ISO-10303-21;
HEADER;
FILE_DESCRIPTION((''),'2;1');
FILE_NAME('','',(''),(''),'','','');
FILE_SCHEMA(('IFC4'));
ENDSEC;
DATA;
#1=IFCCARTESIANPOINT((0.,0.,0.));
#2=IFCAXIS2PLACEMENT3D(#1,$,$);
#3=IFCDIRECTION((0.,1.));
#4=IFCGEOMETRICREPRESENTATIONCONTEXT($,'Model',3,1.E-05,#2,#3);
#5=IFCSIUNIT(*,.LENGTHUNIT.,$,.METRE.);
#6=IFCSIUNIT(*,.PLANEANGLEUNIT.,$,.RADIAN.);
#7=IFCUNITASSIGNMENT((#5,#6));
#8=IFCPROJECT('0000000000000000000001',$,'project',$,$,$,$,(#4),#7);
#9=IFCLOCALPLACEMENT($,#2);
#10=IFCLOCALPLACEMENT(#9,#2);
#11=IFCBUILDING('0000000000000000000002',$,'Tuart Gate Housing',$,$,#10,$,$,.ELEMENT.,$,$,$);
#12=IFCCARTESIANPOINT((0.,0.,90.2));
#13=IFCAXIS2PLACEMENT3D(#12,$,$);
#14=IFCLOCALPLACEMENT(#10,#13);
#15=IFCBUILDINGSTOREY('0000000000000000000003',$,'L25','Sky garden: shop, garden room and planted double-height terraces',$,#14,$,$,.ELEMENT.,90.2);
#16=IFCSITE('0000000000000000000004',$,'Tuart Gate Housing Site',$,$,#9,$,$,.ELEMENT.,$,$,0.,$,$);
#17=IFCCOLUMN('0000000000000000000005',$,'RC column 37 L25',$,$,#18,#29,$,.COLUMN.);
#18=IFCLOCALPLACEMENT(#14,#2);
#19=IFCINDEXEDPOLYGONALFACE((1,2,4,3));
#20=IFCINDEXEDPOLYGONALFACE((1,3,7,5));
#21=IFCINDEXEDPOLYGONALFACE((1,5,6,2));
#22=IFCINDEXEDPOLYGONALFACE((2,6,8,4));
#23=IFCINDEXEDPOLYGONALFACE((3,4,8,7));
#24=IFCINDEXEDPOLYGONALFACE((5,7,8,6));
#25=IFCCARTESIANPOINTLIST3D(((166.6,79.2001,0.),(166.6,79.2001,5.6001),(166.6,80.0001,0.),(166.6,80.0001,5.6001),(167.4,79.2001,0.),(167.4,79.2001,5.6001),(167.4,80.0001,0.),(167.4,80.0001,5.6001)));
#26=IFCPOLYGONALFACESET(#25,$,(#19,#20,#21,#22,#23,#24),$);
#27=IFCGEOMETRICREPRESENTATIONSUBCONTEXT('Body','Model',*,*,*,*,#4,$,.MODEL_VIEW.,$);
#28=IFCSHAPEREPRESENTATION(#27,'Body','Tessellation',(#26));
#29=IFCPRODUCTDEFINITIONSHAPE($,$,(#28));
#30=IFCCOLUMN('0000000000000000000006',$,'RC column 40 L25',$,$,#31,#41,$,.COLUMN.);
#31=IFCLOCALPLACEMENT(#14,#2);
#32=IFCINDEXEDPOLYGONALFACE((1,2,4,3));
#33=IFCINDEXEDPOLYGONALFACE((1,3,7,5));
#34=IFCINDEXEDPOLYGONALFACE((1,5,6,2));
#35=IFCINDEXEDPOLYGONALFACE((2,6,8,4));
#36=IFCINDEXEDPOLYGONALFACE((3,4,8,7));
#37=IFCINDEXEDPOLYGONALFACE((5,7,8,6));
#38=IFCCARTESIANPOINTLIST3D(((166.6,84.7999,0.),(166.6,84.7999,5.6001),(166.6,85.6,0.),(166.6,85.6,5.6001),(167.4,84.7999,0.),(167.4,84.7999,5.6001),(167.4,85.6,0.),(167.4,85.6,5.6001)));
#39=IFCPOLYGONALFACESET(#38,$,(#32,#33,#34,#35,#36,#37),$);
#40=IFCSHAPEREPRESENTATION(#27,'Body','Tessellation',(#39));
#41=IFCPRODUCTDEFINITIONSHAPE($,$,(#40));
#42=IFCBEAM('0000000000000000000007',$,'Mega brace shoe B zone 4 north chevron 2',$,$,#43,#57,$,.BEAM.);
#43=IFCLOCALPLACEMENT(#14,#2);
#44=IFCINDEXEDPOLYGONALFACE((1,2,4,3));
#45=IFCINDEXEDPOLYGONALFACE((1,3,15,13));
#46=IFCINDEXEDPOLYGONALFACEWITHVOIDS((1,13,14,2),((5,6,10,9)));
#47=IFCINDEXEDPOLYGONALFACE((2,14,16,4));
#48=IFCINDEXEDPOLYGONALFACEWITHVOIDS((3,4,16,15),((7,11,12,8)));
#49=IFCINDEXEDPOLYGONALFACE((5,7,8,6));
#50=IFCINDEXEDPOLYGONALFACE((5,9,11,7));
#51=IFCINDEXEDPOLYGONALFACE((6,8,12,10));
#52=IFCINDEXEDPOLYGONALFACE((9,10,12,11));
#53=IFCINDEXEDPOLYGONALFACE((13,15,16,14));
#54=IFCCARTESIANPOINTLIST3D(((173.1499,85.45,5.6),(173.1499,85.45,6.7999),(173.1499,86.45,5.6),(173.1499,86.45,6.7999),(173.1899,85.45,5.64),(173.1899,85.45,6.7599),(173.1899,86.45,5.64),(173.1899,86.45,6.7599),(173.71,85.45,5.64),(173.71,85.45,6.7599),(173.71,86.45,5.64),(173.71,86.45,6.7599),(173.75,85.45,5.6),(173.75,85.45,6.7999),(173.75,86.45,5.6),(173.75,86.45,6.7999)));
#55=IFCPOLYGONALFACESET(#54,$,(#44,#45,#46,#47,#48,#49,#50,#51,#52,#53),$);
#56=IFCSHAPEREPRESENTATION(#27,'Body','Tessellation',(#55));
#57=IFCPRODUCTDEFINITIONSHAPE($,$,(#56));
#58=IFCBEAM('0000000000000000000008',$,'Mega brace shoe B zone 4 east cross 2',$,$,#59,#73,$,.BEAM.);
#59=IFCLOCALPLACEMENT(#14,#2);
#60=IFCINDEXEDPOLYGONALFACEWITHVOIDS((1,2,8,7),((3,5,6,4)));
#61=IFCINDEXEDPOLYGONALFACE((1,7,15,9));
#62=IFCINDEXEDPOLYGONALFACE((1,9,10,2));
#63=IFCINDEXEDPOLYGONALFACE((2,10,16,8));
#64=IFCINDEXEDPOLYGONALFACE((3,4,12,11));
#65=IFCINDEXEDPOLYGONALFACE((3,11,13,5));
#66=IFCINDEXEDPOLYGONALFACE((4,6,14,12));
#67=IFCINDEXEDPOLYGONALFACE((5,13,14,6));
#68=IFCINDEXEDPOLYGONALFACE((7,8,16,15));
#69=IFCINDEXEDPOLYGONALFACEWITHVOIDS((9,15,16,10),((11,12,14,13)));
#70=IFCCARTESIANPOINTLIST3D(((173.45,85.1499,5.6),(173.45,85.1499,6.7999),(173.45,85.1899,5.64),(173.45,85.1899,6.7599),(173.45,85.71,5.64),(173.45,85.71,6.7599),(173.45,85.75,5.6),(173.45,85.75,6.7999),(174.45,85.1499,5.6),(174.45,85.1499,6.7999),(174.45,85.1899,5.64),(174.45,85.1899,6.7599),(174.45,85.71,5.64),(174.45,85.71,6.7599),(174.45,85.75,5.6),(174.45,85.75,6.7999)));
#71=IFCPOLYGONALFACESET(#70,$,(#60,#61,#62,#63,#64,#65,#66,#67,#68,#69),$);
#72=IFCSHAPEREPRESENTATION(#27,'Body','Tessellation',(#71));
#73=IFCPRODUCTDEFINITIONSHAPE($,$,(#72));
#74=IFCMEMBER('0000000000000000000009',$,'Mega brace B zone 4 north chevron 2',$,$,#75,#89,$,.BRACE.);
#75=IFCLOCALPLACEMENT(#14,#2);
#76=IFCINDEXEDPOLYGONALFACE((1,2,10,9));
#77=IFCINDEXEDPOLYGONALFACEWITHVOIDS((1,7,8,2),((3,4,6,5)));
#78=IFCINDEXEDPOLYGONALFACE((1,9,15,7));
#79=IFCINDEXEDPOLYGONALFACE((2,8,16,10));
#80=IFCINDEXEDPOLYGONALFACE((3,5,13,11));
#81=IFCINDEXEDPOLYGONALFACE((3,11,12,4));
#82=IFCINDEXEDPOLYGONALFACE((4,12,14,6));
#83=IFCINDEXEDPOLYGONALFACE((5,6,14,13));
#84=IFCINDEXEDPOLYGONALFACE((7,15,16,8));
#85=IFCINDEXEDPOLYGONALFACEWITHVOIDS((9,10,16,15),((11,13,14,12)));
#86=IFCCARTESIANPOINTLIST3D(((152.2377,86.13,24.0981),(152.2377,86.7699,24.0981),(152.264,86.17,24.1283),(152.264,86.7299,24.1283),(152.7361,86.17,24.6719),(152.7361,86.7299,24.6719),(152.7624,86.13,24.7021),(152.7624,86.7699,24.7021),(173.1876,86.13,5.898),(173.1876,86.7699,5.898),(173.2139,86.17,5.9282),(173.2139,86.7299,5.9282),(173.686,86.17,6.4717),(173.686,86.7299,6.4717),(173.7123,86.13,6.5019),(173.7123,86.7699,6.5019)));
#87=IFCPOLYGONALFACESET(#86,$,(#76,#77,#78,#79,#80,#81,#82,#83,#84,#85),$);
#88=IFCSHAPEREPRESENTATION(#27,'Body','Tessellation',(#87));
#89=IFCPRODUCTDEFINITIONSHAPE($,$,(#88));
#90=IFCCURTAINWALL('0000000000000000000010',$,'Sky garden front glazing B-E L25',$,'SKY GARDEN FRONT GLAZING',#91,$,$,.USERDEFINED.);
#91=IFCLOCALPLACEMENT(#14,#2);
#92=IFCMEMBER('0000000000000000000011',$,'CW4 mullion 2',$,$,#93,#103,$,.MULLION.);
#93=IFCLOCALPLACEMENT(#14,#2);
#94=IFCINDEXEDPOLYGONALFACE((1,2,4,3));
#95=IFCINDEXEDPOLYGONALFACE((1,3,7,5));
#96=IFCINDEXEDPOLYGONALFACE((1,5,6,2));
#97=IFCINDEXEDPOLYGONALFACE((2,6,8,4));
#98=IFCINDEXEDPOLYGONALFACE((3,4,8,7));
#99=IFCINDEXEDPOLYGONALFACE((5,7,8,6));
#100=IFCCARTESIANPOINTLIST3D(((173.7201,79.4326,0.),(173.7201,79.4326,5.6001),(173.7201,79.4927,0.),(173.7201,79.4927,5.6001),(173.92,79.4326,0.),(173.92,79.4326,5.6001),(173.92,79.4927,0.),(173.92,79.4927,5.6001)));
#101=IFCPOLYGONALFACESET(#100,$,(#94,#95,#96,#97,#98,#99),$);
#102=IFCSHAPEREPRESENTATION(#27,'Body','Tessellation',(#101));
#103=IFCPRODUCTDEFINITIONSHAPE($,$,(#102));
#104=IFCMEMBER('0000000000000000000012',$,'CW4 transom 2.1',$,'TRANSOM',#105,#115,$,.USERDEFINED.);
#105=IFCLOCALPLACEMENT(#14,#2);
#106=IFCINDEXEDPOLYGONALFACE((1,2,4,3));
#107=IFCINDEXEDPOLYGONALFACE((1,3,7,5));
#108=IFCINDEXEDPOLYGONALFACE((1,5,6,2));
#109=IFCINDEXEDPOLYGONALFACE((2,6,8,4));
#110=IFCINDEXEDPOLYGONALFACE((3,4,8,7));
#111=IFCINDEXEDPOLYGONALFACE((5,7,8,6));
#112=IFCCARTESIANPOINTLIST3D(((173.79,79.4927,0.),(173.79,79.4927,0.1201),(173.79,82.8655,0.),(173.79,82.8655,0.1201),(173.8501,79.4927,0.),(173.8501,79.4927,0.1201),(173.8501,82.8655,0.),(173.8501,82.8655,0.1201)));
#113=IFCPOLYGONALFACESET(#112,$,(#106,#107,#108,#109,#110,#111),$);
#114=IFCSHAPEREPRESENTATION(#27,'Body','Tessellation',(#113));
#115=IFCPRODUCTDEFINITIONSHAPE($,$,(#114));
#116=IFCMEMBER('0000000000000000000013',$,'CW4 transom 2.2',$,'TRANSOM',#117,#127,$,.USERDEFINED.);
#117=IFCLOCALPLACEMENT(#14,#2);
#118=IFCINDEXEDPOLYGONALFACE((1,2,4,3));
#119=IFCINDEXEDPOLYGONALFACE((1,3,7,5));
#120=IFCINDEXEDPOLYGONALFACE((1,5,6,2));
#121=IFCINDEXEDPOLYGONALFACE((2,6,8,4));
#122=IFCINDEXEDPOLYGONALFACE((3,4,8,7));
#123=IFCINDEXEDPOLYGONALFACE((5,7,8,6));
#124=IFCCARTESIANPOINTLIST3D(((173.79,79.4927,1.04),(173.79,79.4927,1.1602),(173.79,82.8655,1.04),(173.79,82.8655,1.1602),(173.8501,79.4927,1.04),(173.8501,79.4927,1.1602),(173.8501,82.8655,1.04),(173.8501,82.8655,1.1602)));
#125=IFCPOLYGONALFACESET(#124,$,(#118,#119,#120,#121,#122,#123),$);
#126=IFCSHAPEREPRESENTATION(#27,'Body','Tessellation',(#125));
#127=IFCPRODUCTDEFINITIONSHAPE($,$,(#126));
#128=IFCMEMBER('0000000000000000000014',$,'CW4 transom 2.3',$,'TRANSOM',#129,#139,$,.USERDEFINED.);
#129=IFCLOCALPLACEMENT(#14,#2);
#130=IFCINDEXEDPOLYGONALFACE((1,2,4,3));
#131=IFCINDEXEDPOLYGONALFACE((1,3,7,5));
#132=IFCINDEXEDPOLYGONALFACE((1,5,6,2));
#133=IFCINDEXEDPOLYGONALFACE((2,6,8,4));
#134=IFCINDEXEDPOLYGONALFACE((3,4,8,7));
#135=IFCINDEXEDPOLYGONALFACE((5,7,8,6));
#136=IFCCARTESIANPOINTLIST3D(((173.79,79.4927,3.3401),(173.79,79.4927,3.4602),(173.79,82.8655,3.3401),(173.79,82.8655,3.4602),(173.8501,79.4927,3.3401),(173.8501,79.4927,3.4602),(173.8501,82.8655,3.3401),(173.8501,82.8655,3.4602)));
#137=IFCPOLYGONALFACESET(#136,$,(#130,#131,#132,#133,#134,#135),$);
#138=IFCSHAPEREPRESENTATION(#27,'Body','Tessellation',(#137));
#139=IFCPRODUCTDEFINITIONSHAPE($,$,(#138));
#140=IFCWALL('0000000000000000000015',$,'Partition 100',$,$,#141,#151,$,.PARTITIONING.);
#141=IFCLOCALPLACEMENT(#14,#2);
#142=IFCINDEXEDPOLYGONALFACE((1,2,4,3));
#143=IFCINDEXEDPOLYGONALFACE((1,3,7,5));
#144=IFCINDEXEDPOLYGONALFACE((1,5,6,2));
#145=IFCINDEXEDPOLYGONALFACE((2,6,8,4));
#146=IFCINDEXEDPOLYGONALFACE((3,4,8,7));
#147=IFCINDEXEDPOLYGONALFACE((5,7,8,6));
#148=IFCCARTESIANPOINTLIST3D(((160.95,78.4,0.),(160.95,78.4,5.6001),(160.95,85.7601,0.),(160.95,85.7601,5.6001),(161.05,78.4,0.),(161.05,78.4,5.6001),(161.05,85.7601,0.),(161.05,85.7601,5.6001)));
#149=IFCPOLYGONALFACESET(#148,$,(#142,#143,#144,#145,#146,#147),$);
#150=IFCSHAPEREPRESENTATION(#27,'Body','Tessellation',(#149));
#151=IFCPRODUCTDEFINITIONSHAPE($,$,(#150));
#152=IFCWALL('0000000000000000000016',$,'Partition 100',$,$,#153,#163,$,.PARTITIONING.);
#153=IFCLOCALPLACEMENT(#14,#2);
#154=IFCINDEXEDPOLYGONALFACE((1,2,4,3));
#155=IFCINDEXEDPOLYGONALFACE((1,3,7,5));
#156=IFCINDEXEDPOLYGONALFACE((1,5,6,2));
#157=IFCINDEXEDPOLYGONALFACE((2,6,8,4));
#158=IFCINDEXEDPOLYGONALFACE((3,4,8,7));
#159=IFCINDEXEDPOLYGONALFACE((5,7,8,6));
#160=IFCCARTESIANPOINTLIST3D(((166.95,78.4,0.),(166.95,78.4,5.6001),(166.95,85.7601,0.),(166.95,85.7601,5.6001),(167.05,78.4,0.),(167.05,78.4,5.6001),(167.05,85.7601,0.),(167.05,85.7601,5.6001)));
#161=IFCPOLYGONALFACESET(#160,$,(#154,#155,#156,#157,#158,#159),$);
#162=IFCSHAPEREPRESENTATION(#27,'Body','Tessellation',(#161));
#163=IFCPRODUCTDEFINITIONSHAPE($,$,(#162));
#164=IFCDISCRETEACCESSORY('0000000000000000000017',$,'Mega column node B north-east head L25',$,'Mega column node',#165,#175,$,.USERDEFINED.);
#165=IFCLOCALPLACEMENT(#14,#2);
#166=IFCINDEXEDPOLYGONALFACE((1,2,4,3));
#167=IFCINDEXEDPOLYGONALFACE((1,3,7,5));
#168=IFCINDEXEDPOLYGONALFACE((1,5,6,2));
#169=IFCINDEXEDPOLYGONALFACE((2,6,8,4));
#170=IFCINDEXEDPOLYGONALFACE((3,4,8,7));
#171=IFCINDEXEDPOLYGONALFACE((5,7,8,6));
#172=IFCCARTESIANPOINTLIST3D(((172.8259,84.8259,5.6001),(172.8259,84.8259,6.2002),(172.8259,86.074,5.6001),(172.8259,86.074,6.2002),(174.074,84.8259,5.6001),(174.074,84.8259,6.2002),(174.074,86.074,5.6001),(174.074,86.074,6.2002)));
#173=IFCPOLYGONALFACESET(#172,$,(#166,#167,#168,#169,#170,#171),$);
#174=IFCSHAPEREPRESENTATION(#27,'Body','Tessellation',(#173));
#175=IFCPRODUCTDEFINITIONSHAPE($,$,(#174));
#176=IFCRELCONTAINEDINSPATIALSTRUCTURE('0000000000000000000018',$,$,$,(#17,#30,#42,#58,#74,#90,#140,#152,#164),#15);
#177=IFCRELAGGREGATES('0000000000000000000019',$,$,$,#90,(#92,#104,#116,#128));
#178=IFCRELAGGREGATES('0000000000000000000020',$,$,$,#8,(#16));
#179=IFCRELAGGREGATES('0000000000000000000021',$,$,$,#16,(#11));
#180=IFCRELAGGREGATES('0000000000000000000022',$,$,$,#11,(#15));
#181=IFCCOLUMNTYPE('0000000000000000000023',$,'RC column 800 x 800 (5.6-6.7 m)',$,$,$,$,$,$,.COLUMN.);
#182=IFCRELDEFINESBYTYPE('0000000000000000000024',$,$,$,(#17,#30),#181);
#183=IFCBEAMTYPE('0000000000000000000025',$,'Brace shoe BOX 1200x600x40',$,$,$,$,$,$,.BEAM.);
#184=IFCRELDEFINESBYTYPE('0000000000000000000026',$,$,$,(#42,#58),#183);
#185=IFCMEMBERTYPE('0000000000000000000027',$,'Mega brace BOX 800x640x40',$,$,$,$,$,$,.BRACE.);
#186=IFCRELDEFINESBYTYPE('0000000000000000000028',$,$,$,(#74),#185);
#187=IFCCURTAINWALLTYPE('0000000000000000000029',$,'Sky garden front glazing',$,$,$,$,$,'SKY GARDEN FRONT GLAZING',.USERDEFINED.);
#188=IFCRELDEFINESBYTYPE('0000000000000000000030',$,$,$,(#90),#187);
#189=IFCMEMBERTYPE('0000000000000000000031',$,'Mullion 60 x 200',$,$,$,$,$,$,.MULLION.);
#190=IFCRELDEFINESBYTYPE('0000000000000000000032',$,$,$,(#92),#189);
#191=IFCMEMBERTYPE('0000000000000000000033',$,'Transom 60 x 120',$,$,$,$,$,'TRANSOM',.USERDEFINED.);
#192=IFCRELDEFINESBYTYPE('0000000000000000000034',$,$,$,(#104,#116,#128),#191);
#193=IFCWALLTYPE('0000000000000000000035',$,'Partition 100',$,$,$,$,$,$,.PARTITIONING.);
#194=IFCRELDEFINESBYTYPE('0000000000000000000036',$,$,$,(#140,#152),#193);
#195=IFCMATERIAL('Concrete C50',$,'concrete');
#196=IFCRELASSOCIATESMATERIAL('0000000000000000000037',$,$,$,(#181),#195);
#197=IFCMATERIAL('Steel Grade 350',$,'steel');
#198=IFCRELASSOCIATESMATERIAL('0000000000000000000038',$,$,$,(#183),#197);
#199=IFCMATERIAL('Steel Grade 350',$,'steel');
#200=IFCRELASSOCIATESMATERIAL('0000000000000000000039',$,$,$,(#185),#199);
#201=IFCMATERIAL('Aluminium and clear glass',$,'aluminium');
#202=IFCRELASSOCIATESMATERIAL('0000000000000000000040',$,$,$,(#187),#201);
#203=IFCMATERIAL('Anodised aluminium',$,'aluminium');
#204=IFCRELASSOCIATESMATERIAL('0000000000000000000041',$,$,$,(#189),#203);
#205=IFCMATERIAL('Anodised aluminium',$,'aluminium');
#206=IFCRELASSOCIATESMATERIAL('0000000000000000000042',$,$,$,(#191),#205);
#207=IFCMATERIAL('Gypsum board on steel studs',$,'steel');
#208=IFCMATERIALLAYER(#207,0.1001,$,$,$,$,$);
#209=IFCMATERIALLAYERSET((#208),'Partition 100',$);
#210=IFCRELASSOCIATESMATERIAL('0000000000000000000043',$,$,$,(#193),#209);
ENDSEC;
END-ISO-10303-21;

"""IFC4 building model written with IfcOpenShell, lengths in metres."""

from ifc_helpers import new_model, si_unit, direction, frame, frame_2d, origin, origin_2d, place, context, subcontext, project, spatial, rectangle, hollow_rectangle, extrude, material, layer, layer_set, material_profile, profile_set, type_object, element, aggregate, save


model = new_model("IFC4")

# Units and contexts
model_context = context("Model", 3, precision=1e-05, world=origin(), true_north=direction((0.0, 1.0)))
body_context = subcontext(model_context, "Body", "Model", "MODEL_VIEW")
ifc_project = project(units=[si_unit("LENGTHUNIT", "METRE"), si_unit("PLANEANGLEUNIT", "RADIAN")], contexts=[model_context])

# Site, building, storey
site_placement = place(None, origin())
site = spatial("IfcSite", under=ifc_project, at=site_placement, Name="Tuart Gate Housing Site", CompositionType="ELEMENT", RefElevation=0.0)
building_placement = place(site_placement, origin())
building = spatial("IfcBuilding", under=site, at=building_placement, Name="Tuart Gate Housing", CompositionType="ELEMENT")
storey_placement = place(building_placement, frame((0.0, 0.0, 90.2)))
storey = spatial("IfcBuildingStorey", under=building, at=storey_placement, Name="L25", Description="Sky garden: shop, garden room and planted double-height terraces", CompositionType="ELEMENT", Elevation=90.2)

# Columns
ifc_material_1 = material(Name="Concrete C50", Category="concrete")
ifc_material_profile_1 = material_profile(ifc_material_1, rectangle(XDim=0.8, YDim=0.8, at=origin_2d()), Name="RC column 800 x 800 (5.6-6.7 m)")
ifc_profile_set_1 = profile_set([ifc_material_profile_1], Name="Concrete C50")
column_type = type_object("IfcColumnType", Name="RC column 800 x 800 (5.6-6.7 m)", PredefinedType="COLUMN", material=ifc_profile_set_1)
for number, where, z_axis, x_axis, name in (
    (1, (167.0, 79.6001, 0.0), (0.0, 0.0, 1.0), (1.0, 0.0, 0.0), "RC column 37 L25"),
    (2, (167.0, 85.2, 0.0), (0.0, 0.0, 1.0), (1.0, 0.0, 0.0), "RC column 40 L25"),
):
    element("IfcColumn", number, at=place(storey_placement, frame(where, z_axis=z_axis, x_axis=x_axis)), inside=storey, type_object=column_type, Name=name, PredefinedType="COLUMN", context=body_context, shape_type="SweptSolid", body=[
        extrude(rectangle(XDim=0.8, YDim=0.8, at=origin_2d()), origin(), (0.0, 0.0, 1.0), 5.6001),
    ])

# Beams
ifc_material_2 = material(Name="Steel Grade 350", Category="steel")
ifc_material_profile_2 = material_profile(ifc_material_2, hollow_rectangle(XDim=0.6001, YDim=1.2, WallThickness=0.04, at=origin_2d()), Name="BOX 1200x600x40")
ifc_profile_set_2 = profile_set([ifc_material_profile_2], Name="Steel Grade 350")
beam_type = type_object("IfcBeamType", Name="Brace shoe BOX 1200x600x40", PredefinedType="BEAM", material=ifc_profile_set_2)
for number, where, z_axis, x_axis, name in (
    (3, (173.45, 85.45, 6.2), (0.0, 1.0, 0.0), (-1.0, 0.0, 0.0), "Mega brace shoe B zone 4 north chevron 2"),
    (4, (173.45, 85.45, 6.2), (1.0, 0.0, 0.0), (0.0, 1.0, 0.0), "Mega brace shoe B zone 4 east cross 2"),
):
    element("IfcBeam", number, at=place(storey_placement, frame(where, z_axis=z_axis, x_axis=x_axis)), inside=storey, type_object=beam_type, Name=name, PredefinedType="BEAM", context=body_context, shape_type="SweptSolid", body=[
        extrude(hollow_rectangle(XDim=0.6001, YDim=1.2, WallThickness=0.04, at=origin_2d()), origin(), (0.0, 0.0, 1.0), 1.0),
    ])

# Member
ifc_material_3 = material(Name="Steel Grade 350", Category="steel")
ifc_material_profile_3 = material_profile(ifc_material_3, hollow_rectangle(XDim=0.6399, YDim=0.8, WallThickness=0.04, at=origin_2d()), Name="BOX 800x640x40")
ifc_profile_set_3 = profile_set([ifc_material_profile_3], Name="Steel Grade 350")
member_type_1 = type_object("IfcMemberType", Name="Mega brace BOX 800x640x40", PredefinedType="BRACE", material=ifc_profile_set_3)
member_1_placement = place(storey_placement, frame((173.45, 86.45, 6.2), z_axis=(-0.754912, 0.0, 0.655827), x_axis=(0.0, -1.0, 0.0)))
element("IfcMember", 5, at=member_1_placement, inside=storey, type_object=member_type_1, Name="Mega brace B zone 4 north chevron 2", PredefinedType="BRACE", context=body_context, shape_type="SweptSolid", body=[
    extrude(hollow_rectangle(XDim=0.6399, YDim=0.8, WallThickness=0.04, at=origin_2d()), origin(), (0.0, 0.0, 1.0), 27.7515),
])

# Curtain wall, members
ifc_material_4 = material(Name="Aluminium and clear glass", Category="aluminium")
curtain_wall_type = type_object("IfcCurtainWallType", Name="Sky garden front glazing", ElementType="SKY GARDEN FRONT GLAZING", PredefinedType="USERDEFINED", material=ifc_material_4)
curtain_wall_placement = place(storey_placement, origin())
curtain_wall = element("IfcCurtainWall", 6, at=curtain_wall_placement, inside=storey, type_object=curtain_wall_type, Name="Sky garden front glazing B-E L25", ObjectType="SKY GARDEN FRONT GLAZING", PredefinedType="USERDEFINED")
ifc_material_5 = material(Name="Anodised aluminium", Category="aluminium")
ifc_material_profile_4 = material_profile(ifc_material_5, rectangle(XDim=0.0601, YDim=0.2, at=origin_2d()), Name="60x200")
ifc_profile_set_4 = profile_set([ifc_material_profile_4], Name="Anodised aluminium")
member_type_2 = type_object("IfcMemberType", Name="Mullion 60 x 200", PredefinedType="MULLION", material=ifc_profile_set_4)
member_2_placement = place(storey_placement, frame((173.8201, 79.4626, 0.0), z_axis=(0.0, 0.0, 1.0), x_axis=(0.0, 1.0, 0.0)))
member_2 = element("IfcMember", 7, at=member_2_placement, type_object=member_type_2, Name="CW4 mullion 2", PredefinedType="MULLION", context=body_context, shape_type="SweptSolid", body=[
    extrude(rectangle(XDim=0.0601, YDim=0.2, at=origin_2d()), origin(), (0.0, 0.0, 1.0), 5.6001),
])
ifc_material_6 = material(Name="Anodised aluminium", Category="aluminium")
ifc_material_profile_5 = material_profile(ifc_material_6, rectangle(XDim=0.0601, YDim=0.1201, at=origin_2d()), Name="60x120")
ifc_profile_set_5 = profile_set([ifc_material_profile_5], Name="Anodised aluminium")
member_type_3 = type_object("IfcMemberType", Name="Transom 60 x 120", ElementType="TRANSOM", PredefinedType="USERDEFINED", material=ifc_profile_set_5)
member_3_placement = place(storey_placement, frame((173.8201, 79.4927, 0.0601), z_axis=(0.0, 1.0, 0.0), x_axis=(-1.0, 0.0, 0.0)))
member_3 = element("IfcMember", 8, at=member_3_placement, type_object=member_type_3, Name="CW4 transom 2.1", ObjectType="TRANSOM", PredefinedType="USERDEFINED", context=body_context, shape_type="SweptSolid", body=[
    extrude(rectangle(XDim=0.0601, YDim=0.1201, at=origin_2d()), origin(), (0.0, 0.0, 1.0), 3.3728),
])
member_4_placement = place(storey_placement, frame((173.8201, 79.4927, 1.1001), z_axis=(0.0, 1.0, 0.0), x_axis=(-1.0, 0.0, 0.0)))
member_4 = element("IfcMember", 9, at=member_4_placement, type_object=member_type_3, Name="CW4 transom 2.2", ObjectType="TRANSOM", PredefinedType="USERDEFINED", context=body_context, shape_type="SweptSolid", body=[
    extrude(rectangle(XDim=0.0601, YDim=0.1201, at=origin_2d()), origin(), (0.0, 0.0, 1.0), 3.3728),
])
member_5_placement = place(storey_placement, frame((173.8201, 79.4927, 3.4001), z_axis=(0.0, 1.0, 0.0), x_axis=(-1.0, 0.0, 0.0)))
member_5 = element("IfcMember", 10, at=member_5_placement, type_object=member_type_3, Name="CW4 transom 2.3", ObjectType="TRANSOM", PredefinedType="USERDEFINED", context=body_context, shape_type="SweptSolid", body=[
    extrude(rectangle(XDim=0.0601, YDim=0.1201, at=origin_2d()), origin(), (0.0, 0.0, 1.0), 3.3728),
])
aggregate(curtain_wall, [member_2, member_3, member_4, member_5])

# Walls
ifc_material_7 = material(Name="Gypsum board on steel studs", Category="steel")
ifc_layer_1 = layer(ifc_material_7, 0.1001)
ifc_layer_set_1 = layer_set([ifc_layer_1], Name="Partition 100")
wall_type_1 = type_object("IfcWallType", Name="Partition 100", PredefinedType="PARTITIONING", material=ifc_layer_set_1)
for number, where, z_axis, x_axis, name in (
    (11, (161.0, 78.3999, 0.0), (0.0, 0.0, 1.0), (0.0, 1.0, 0.0), "Partition 100"),
    (12, (167.0, 78.3999, 0.0), (0.0, 0.0, 1.0), (0.0, 1.0, 0.0), "Partition 100"),
):
    element("IfcWall", number, at=place(storey_placement, frame(where, z_axis=z_axis, x_axis=x_axis)), inside=storey, type_object=wall_type_1, Name=name, PredefinedType="PARTITIONING", context=body_context, shape_type="SweptSolid", body=[
        extrude(rectangle(XDim=7.3601, YDim=0.1001, at=frame_2d((3.6802, 0.0))), origin(), (0.0, 0.0, 1.0), 5.6001),
    ])

# Discrete accessory
discrete_accessory_placement = place(storey_placement, frame((173.45, 85.45, 5.6001), z_axis=(0.0, 0.0, 1.0), x_axis=(1.0, 0.0, 0.0)))
element("IfcDiscreteAccessory", 13, at=discrete_accessory_placement, inside=storey, Name="Mega column node B north-east head L25", ObjectType="Mega column node", PredefinedType="USERDEFINED", context=body_context, shape_type="SweptSolid", body=[
    extrude(rectangle(XDim=1.248, YDim=1.248, at=origin_2d()), origin(), (0.0, 0.0, 1.0), 0.6001),
])

save(model, "model.ifc")
